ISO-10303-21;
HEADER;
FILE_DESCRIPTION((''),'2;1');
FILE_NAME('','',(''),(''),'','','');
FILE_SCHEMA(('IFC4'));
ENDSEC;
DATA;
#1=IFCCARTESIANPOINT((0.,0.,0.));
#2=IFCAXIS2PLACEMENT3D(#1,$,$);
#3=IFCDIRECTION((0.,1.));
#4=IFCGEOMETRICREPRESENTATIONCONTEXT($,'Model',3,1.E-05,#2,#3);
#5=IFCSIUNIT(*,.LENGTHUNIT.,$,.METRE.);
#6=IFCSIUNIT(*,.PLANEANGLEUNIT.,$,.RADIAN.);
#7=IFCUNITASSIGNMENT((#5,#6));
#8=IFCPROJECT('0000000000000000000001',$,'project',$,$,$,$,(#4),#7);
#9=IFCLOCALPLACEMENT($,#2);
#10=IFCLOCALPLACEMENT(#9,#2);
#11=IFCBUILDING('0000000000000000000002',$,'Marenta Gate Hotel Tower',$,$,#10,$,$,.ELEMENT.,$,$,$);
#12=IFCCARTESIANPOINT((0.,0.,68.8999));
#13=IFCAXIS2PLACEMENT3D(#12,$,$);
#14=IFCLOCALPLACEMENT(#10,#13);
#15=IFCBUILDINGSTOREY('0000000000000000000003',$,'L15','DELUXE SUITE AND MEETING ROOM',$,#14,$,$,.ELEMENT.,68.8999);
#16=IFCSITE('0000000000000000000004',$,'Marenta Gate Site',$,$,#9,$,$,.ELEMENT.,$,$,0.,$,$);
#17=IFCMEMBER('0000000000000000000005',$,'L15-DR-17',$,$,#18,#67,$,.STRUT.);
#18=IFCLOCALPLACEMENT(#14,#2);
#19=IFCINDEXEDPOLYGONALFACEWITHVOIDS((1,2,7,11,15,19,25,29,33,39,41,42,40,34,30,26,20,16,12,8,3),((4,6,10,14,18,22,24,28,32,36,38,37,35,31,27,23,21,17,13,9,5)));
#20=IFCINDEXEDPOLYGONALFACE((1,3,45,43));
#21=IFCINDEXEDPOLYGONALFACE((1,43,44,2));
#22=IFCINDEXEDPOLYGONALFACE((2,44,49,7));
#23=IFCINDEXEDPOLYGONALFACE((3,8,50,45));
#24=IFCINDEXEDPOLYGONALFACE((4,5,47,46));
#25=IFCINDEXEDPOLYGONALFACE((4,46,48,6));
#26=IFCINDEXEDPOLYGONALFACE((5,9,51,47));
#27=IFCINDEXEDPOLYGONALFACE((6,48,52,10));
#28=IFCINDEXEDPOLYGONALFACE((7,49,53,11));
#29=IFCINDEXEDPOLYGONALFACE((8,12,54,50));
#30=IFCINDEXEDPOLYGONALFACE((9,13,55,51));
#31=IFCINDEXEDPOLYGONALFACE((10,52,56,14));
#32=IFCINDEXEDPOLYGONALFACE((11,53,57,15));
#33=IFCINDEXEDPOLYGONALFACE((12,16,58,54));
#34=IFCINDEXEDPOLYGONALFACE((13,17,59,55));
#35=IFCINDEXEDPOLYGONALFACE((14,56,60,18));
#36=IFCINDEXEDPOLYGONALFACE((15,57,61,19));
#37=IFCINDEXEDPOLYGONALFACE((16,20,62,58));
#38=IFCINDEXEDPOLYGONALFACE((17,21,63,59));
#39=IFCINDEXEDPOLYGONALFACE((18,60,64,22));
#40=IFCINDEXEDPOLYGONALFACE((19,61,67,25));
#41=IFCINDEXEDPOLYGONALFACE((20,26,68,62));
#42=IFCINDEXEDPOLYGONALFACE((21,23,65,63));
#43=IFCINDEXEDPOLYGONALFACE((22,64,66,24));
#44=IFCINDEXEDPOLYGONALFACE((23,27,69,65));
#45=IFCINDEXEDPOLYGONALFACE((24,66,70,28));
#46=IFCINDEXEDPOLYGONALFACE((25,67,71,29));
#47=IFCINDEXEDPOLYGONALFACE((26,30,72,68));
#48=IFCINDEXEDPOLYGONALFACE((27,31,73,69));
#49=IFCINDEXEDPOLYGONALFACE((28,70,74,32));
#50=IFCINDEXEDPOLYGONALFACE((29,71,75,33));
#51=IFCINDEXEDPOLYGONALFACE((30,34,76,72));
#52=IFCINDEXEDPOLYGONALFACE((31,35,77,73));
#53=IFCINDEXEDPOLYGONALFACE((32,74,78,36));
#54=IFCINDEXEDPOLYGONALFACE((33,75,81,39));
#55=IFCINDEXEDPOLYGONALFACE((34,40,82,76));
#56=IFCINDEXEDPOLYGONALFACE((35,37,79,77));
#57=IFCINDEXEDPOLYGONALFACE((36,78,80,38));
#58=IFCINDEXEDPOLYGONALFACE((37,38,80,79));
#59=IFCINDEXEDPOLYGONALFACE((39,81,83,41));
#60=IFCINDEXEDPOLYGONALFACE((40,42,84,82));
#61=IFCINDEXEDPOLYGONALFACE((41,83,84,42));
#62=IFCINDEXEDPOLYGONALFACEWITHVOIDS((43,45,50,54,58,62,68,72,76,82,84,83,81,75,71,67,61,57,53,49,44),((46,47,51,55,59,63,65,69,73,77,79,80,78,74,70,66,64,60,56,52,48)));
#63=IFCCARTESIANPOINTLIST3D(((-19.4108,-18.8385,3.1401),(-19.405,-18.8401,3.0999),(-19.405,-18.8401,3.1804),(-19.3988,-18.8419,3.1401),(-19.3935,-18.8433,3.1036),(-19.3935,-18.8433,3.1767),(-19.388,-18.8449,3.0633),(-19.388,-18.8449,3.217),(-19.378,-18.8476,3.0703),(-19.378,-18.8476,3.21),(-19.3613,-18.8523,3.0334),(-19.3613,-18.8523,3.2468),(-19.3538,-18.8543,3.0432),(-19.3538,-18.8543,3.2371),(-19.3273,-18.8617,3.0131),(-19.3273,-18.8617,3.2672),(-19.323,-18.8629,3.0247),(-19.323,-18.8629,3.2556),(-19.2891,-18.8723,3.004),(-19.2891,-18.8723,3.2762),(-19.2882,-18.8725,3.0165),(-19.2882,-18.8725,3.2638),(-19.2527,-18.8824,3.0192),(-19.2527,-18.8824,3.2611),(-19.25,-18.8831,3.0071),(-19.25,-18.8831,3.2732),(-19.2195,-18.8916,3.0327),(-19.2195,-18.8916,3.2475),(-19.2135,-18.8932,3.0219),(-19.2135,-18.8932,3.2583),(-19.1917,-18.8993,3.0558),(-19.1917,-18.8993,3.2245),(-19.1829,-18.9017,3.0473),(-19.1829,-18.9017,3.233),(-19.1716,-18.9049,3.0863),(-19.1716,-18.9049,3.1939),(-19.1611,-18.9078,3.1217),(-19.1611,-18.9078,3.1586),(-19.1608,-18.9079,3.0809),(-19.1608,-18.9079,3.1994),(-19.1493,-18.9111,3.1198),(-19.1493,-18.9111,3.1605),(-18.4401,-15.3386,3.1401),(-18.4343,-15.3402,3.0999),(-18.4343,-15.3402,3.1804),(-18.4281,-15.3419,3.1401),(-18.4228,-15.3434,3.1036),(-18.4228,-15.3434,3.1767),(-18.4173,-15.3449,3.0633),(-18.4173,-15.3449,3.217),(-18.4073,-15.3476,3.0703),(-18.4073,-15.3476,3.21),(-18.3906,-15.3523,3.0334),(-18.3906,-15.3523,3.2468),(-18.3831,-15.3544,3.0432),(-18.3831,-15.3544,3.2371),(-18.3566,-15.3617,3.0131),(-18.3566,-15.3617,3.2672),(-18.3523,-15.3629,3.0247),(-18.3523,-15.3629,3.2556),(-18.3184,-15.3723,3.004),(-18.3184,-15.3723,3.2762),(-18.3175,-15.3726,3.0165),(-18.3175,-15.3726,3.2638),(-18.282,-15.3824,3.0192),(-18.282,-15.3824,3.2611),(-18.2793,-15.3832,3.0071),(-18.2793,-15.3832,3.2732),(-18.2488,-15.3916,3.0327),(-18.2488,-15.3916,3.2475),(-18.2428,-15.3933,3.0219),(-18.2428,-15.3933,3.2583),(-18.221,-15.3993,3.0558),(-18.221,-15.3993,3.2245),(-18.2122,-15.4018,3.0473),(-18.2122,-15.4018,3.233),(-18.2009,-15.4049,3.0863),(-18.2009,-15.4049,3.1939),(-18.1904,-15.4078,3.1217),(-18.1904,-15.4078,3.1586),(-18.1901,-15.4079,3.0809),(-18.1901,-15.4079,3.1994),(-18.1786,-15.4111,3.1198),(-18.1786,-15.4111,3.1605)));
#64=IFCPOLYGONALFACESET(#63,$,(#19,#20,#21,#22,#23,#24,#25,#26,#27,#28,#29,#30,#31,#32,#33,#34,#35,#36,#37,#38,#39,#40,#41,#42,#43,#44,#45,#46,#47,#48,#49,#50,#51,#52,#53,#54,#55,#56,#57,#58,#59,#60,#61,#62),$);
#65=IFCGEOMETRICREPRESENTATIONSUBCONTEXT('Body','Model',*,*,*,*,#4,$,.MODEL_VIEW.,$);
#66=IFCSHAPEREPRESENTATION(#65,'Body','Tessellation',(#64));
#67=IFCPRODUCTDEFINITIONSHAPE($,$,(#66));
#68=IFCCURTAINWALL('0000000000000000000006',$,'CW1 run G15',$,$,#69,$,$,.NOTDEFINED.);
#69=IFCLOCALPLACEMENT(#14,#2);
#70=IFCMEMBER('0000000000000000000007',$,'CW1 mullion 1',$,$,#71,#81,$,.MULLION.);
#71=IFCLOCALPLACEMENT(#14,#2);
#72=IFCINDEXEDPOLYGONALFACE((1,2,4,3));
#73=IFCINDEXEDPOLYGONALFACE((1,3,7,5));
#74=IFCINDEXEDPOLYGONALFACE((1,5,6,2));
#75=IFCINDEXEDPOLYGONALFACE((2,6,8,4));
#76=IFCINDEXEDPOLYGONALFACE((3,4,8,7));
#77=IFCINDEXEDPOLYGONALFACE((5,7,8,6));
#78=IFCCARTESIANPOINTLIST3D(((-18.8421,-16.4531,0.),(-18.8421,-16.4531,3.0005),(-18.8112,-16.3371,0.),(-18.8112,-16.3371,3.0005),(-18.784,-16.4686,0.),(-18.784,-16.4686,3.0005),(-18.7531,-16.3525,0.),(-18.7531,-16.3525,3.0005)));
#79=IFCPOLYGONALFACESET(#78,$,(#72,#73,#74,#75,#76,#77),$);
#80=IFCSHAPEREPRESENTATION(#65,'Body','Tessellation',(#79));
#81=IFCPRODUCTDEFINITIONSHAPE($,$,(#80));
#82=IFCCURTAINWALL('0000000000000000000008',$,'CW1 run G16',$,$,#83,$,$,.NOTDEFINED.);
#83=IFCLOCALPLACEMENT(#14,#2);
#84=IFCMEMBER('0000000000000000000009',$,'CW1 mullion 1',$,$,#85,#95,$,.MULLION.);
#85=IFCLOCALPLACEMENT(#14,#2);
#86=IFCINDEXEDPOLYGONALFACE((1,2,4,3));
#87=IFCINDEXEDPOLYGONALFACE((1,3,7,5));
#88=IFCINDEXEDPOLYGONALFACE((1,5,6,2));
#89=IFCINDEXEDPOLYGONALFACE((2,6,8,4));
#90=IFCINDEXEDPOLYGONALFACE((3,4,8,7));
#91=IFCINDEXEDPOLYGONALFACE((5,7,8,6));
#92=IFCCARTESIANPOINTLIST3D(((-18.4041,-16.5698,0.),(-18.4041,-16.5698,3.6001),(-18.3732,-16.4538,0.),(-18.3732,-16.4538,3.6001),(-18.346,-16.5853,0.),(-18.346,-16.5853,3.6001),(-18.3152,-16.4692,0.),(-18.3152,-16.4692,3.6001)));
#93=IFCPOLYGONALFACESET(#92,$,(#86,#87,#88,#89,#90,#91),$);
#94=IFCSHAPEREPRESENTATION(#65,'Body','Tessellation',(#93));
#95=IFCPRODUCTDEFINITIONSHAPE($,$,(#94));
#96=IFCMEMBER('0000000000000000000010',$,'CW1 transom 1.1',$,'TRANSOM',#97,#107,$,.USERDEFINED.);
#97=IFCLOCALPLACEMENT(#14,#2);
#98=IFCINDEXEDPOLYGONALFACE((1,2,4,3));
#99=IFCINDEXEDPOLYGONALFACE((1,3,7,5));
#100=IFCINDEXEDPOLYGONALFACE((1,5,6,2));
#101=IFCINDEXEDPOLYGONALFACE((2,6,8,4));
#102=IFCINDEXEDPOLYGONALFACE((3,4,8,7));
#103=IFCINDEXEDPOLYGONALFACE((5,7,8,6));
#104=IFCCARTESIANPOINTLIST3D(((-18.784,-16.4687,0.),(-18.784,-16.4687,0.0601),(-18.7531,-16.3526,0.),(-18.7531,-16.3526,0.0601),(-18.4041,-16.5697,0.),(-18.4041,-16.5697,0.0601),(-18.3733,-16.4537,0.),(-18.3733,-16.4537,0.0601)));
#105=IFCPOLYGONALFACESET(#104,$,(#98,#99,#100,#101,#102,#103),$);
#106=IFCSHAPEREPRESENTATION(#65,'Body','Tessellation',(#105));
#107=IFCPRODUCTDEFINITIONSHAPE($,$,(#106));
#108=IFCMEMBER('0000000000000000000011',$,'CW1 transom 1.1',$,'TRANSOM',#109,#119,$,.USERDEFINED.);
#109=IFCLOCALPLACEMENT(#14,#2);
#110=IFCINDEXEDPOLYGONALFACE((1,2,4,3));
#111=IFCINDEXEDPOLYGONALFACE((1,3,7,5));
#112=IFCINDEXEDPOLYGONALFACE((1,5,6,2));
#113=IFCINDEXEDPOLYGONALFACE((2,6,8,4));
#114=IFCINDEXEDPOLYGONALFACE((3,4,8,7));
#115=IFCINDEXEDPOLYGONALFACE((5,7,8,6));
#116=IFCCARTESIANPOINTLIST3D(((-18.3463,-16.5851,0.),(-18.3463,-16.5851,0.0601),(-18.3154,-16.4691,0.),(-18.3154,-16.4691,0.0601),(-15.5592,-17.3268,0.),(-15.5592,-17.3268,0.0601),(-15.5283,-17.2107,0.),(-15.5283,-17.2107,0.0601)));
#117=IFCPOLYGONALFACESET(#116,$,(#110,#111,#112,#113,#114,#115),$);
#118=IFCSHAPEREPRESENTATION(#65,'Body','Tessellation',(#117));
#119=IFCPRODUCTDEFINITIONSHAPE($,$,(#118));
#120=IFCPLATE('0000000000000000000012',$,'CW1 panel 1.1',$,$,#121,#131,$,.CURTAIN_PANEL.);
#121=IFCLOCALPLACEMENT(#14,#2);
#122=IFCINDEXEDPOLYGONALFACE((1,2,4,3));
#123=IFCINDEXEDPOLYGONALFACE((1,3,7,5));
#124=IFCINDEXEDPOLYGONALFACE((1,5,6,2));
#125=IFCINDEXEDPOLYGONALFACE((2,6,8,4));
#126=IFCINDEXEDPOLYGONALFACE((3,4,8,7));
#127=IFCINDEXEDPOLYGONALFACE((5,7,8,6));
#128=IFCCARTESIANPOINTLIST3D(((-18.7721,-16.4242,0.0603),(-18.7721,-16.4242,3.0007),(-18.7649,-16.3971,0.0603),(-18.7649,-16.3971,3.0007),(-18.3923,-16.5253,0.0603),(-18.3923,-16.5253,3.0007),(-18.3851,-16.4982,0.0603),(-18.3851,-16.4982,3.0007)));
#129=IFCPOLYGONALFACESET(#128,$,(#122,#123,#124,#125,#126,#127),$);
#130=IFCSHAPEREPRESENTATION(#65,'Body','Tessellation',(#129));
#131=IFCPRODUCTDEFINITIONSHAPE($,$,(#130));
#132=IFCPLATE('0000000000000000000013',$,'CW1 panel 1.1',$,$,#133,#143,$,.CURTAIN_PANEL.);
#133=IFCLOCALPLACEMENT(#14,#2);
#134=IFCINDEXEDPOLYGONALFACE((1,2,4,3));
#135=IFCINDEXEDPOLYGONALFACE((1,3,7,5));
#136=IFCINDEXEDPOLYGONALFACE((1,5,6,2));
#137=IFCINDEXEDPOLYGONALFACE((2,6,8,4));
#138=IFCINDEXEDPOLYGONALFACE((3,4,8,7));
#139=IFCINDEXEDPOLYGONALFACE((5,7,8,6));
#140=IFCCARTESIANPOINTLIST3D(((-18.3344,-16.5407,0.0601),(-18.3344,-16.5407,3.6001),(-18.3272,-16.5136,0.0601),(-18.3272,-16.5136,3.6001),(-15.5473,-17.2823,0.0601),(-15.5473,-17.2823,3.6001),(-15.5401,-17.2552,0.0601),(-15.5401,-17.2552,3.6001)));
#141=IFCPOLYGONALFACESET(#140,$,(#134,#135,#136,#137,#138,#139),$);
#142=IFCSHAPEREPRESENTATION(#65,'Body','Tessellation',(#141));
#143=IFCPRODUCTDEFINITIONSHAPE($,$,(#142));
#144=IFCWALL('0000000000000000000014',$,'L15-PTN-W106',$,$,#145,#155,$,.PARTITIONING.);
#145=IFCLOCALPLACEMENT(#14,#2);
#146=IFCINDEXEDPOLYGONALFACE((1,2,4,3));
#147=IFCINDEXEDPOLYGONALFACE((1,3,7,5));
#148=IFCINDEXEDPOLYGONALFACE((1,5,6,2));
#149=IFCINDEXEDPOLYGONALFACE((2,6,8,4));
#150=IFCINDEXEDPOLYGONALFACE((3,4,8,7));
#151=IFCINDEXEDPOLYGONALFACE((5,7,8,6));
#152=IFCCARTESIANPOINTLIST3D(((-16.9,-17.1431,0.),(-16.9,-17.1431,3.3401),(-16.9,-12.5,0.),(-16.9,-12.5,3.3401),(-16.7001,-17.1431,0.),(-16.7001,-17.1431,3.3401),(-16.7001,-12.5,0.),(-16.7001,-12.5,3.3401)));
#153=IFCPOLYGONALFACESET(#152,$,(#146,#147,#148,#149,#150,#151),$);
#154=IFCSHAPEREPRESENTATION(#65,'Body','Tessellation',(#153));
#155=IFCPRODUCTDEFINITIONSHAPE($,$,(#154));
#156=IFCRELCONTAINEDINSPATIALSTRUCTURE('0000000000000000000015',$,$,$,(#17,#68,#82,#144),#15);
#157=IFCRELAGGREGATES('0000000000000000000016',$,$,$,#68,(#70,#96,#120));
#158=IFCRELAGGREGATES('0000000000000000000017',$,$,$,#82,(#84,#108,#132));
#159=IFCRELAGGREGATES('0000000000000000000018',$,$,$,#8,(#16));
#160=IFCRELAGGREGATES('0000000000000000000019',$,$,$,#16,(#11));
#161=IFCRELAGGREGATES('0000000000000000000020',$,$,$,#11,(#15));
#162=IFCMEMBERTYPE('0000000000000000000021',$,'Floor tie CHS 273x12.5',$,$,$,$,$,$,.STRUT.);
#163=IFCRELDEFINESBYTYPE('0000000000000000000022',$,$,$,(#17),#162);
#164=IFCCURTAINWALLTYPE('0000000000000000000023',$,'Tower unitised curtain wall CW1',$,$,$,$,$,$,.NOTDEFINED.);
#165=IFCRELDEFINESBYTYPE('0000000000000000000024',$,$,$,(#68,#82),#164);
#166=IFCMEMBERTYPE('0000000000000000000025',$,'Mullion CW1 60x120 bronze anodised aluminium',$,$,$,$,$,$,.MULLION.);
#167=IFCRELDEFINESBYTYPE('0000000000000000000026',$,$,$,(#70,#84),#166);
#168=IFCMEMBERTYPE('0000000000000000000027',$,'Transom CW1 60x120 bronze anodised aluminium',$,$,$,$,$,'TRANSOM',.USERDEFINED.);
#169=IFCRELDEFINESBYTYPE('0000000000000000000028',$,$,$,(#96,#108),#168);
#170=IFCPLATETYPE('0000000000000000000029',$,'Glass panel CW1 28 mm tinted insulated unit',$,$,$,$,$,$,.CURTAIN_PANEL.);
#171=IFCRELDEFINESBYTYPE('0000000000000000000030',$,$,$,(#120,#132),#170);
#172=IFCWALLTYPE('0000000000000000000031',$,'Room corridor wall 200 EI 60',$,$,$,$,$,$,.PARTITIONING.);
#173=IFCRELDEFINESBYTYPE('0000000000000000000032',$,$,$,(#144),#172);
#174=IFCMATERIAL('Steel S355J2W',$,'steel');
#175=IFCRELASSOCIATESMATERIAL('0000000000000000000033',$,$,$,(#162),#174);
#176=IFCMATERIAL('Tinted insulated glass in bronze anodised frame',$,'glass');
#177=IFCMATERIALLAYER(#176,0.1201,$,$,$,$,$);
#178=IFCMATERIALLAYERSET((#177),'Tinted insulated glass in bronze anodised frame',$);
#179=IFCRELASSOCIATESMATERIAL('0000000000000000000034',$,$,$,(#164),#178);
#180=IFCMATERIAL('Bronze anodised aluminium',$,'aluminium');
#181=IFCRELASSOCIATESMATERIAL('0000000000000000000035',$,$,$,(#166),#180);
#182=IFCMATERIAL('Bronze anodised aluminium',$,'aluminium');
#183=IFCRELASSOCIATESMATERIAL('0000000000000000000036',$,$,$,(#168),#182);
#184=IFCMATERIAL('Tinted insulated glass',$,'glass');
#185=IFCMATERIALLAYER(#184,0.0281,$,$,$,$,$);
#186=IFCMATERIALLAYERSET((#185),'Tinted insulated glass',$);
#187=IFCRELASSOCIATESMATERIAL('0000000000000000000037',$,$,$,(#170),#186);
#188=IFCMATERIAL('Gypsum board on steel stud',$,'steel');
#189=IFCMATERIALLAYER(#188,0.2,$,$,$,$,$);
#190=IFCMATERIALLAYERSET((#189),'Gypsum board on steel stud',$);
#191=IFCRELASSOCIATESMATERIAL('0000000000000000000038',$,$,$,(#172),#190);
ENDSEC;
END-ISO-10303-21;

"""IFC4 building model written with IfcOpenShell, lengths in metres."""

from ifc_helpers import new_model, si_unit, direction, frame, frame_2d, origin, origin_2d, place, context, subcontext, project, spatial, rectangle, hollow_circle, extrude, material, layer, layer_set, material_profile, profile_set, type_object, element, aggregate, save


model = new_model("IFC4")

# Units and contexts
model_context = context("Model", 3, precision=1e-05, world=origin(), true_north=direction((0.0, 1.0)))
body_context = subcontext(model_context, "Body", "Model", "MODEL_VIEW")
ifc_project = project(units=[si_unit("LENGTHUNIT", "METRE"), si_unit("PLANEANGLEUNIT", "RADIAN")], contexts=[model_context])

# Site, building, storey
site_placement = place(None, origin())
site = spatial("IfcSite", under=ifc_project, at=site_placement, Name="Marenta Gate Site", CompositionType="ELEMENT", RefElevation=0.0)
building_placement = place(site_placement, origin())
building = spatial("IfcBuilding", under=site, at=building_placement, Name="Marenta Gate Hotel Tower", CompositionType="ELEMENT")
storey_placement = place(building_placement, frame((0.0, 0.0, 68.8999)))
storey = spatial("IfcBuildingStorey", under=building, at=storey_placement, Name="L15", Description="DELUXE SUITE AND MEETING ROOM", CompositionType="ELEMENT", Elevation=68.8999)

# Member
ifc_material_1 = material(Name="Steel S355J2W", Category="steel")
ifc_material_profile_1 = material_profile(ifc_material_1, hollow_circle(Radius=0.1365, WallThickness=0.0125, at=origin_2d()), Name="CHS 273x12.5")
ifc_profile_set_1 = profile_set([ifc_material_profile_1], Name="Steel S355J2W")
member_type_1 = type_object("IfcMemberType", Name="Floor tie CHS 273x12.5", PredefinedType="STRUT", material=ifc_profile_set_1)
member_1_placement = place(storey_placement, frame((-19.2793, -18.875, 3.1401), z_axis=(0.267256, 0.963626, 0.0), x_axis=(-0.963626, 0.267256, 0.0)))
element("IfcMember", 1, at=member_1_placement, inside=storey, type_object=member_type_1, Name="L15-DR-17", PredefinedType="STRUT", context=body_context, shape_type="SweptSolid", body=[
    extrude(hollow_circle(Radius=0.1365, WallThickness=0.0125, at=origin_2d()), origin(), (0.0, 0.0, 1.0), 3.6321),
])

# Curtain walls, members
ifc_material_2 = material(Name="Tinted insulated glass in bronze anodised frame", Category="glass")
ifc_layer_1 = layer(ifc_material_2, 0.1201)
ifc_layer_set_1 = layer_set([ifc_layer_1], Name="Tinted insulated glass in bronze anodised frame")
curtain_wall_type = type_object("IfcCurtainWallType", Name="Tower unitised curtain wall CW1", PredefinedType="NOTDEFINED", material=ifc_layer_set_1)
curtain_wall_1_placement = place(storey_placement, origin())
curtain_wall_1 = element("IfcCurtainWall", 2, at=curtain_wall_1_placement, inside=storey, type_object=curtain_wall_type, Name="CW1 run G15", PredefinedType="NOTDEFINED")
ifc_material_3 = material(Name="Bronze anodised aluminium", Category="aluminium")
ifc_material_profile_2 = material_profile(ifc_material_3, rectangle(XDim=0.1201, YDim=0.0601, at=origin_2d()), Name="Mullion CW1 60x120 bronze anodised aluminium")
ifc_profile_set_2 = profile_set([ifc_material_profile_2], Name="Bronze anodised aluminium")
member_type_2 = type_object("IfcMemberType", Name="Mullion CW1 60x120 bronze anodised aluminium", PredefinedType="MULLION", material=ifc_profile_set_2)
member_2_placement = place(storey_placement, frame((-18.7976, -16.4028, 0.0), z_axis=(0.0, 0.0, 1.0), x_axis=(0.257154, 0.96637, 0.0)))
member_2 = element("IfcMember", 3, at=member_2_placement, type_object=member_type_2, Name="CW1 mullion 1", PredefinedType="MULLION", context=body_context, shape_type="SweptSolid", body=[
    extrude(rectangle(XDim=0.1201, YDim=0.0601, at=origin_2d()), origin(), (0.0, 0.0, 1.0), 3.0005),
])
curtain_wall_2_placement = place(storey_placement, origin())
curtain_wall_2 = element("IfcCurtainWall", 4, at=curtain_wall_2_placement, inside=storey, type_object=curtain_wall_type, Name="CW1 run G16", PredefinedType="NOTDEFINED")
member_3_placement = place(storey_placement, frame((-18.3596, -16.5195, 0.0), z_axis=(0.0, 0.0, 1.0), x_axis=(0.257134, 0.966376, 0.0)))
member_3 = element("IfcMember", 5, at=member_3_placement, type_object=member_type_2, Name="CW1 mullion 1", PredefinedType="MULLION", context=body_context, shape_type="SweptSolid", body=[
    extrude(rectangle(XDim=0.1201, YDim=0.0601, at=origin_2d()), origin(), (0.0, 0.0, 1.0), 3.6001),
])

# Members
ifc_material_4 = material(Name="Bronze anodised aluminium", Category="aluminium")
ifc_material_profile_3 = material_profile(ifc_material_4, rectangle(XDim=0.1201, YDim=0.0601, at=origin_2d()), Name="Transom CW1 60x120 bronze anodised aluminium")
ifc_profile_set_3 = profile_set([ifc_material_profile_3], Name="Bronze anodised aluminium")
member_type_3 = type_object("IfcMemberType", Name="Transom CW1 60x120 bronze anodised aluminium", ElementType="TRANSOM", PredefinedType="USERDEFINED", material=ifc_profile_set_3)
member_4_placement = place(storey_placement, frame((-18.7686, -16.4106, 0.03), z_axis=(0.966379, -0.257121, 0.0), x_axis=(0.257121, 0.966379, 0.0)))
member_4 = element("IfcMember", 6, at=member_4_placement, type_object=member_type_3, Name="CW1 transom 1.1", ObjectType="TRANSOM", PredefinedType="USERDEFINED", context=body_context, shape_type="SweptSolid", body=[
    extrude(rectangle(XDim=0.1201, YDim=0.0601, at=origin_2d()), origin(), (0.0, 0.0, 1.0), 0.3931),
])
member_5_placement = place(storey_placement, frame((-18.3308, -16.5271, 0.03), z_axis=(0.966367, -0.257167, 0.0), x_axis=(0.257167, 0.966367, 0.0)))
member_5 = element("IfcMember", 7, at=member_5_placement, type_object=member_type_3, Name="CW1 transom 1.1", ObjectType="TRANSOM", PredefinedType="USERDEFINED", context=body_context, shape_type="SweptSolid", body=[
    extrude(rectangle(XDim=0.1201, YDim=0.0601, at=origin_2d()), origin(), (0.0, 0.0, 1.0), 2.884),
])

# Plates
ifc_material_5 = material(Name="Tinted insulated glass", Category="glass")
ifc_layer_2 = layer(ifc_material_5, 0.0281)
ifc_layer_set_2 = layer_set([ifc_layer_2], Name="Tinted insulated glass")
plate_type = type_object("IfcPlateType", Name="Glass panel CW1 28 mm tinted insulated unit", PredefinedType="CURTAIN_PANEL", material=ifc_layer_set_2)
plate_1_placement = place(storey_placement, frame((-18.5786, -16.4612, 0.0603), z_axis=(0.0, 0.0, 1.0), x_axis=(0.96637, -0.257154, 0.0)))
plate_1 = element("IfcPlate", 8, at=plate_1_placement, type_object=plate_type, Name="CW1 panel 1.1", PredefinedType="CURTAIN_PANEL", context=body_context, shape_type="SweptSolid", body=[
    extrude(rectangle(XDim=0.3931, YDim=0.0281, at=origin_2d()), origin(), (0.0, 0.0, 1.0), 2.9404),
])
aggregate(curtain_wall_1, [member_2, member_4, plate_1])
plate_2_placement = place(storey_placement, frame((-16.9373, -16.8979, 0.0601), z_axis=(0.0, 0.0, 1.0), x_axis=(0.966376, -0.257134, 0.0)))
plate_2 = element("IfcPlate", 9, at=plate_2_placement, type_object=plate_type, Name="CW1 panel 1.1", PredefinedType="CURTAIN_PANEL", context=body_context, shape_type="SweptSolid", body=[
    extrude(rectangle(XDim=2.884, YDim=0.0281, at=origin_2d()), origin(), (0.0, 0.0, 1.0), 3.54),
])
aggregate(curtain_wall_2, [member_3, member_5, plate_2])

# Shared definitions
ifc_material_6 = material(Name="Gypsum board on steel stud", Category="steel")
ifc_layer_3 = layer(ifc_material_6, 0.2)
ifc_layer_set_3 = layer_set([ifc_layer_3], Name="Gypsum board on steel stud")
wall_type = type_object("IfcWallType", Name="Room corridor wall 200 EI 60", PredefinedType="PARTITIONING", material=ifc_layer_set_3)

# Wall
wall_1_placement = place(storey_placement, frame((-16.8, -17.1431, 0.0), z_axis=(0.0, 0.0, 1.0), x_axis=(0.0, 1.0, 0.0)))
element("IfcWall", 10, at=wall_1_placement, inside=storey, type_object=wall_type, Name="L15-PTN-W106", PredefinedType="PARTITIONING", context=body_context, shape_type="SweptSolid", body=[
    extrude(rectangle(XDim=4.6431, YDim=0.2, at=frame_2d((2.3215, 0.0))), origin(), (0.0, 0.0, 1.0), 3.3401),
])

save(model, "model.ifc")
